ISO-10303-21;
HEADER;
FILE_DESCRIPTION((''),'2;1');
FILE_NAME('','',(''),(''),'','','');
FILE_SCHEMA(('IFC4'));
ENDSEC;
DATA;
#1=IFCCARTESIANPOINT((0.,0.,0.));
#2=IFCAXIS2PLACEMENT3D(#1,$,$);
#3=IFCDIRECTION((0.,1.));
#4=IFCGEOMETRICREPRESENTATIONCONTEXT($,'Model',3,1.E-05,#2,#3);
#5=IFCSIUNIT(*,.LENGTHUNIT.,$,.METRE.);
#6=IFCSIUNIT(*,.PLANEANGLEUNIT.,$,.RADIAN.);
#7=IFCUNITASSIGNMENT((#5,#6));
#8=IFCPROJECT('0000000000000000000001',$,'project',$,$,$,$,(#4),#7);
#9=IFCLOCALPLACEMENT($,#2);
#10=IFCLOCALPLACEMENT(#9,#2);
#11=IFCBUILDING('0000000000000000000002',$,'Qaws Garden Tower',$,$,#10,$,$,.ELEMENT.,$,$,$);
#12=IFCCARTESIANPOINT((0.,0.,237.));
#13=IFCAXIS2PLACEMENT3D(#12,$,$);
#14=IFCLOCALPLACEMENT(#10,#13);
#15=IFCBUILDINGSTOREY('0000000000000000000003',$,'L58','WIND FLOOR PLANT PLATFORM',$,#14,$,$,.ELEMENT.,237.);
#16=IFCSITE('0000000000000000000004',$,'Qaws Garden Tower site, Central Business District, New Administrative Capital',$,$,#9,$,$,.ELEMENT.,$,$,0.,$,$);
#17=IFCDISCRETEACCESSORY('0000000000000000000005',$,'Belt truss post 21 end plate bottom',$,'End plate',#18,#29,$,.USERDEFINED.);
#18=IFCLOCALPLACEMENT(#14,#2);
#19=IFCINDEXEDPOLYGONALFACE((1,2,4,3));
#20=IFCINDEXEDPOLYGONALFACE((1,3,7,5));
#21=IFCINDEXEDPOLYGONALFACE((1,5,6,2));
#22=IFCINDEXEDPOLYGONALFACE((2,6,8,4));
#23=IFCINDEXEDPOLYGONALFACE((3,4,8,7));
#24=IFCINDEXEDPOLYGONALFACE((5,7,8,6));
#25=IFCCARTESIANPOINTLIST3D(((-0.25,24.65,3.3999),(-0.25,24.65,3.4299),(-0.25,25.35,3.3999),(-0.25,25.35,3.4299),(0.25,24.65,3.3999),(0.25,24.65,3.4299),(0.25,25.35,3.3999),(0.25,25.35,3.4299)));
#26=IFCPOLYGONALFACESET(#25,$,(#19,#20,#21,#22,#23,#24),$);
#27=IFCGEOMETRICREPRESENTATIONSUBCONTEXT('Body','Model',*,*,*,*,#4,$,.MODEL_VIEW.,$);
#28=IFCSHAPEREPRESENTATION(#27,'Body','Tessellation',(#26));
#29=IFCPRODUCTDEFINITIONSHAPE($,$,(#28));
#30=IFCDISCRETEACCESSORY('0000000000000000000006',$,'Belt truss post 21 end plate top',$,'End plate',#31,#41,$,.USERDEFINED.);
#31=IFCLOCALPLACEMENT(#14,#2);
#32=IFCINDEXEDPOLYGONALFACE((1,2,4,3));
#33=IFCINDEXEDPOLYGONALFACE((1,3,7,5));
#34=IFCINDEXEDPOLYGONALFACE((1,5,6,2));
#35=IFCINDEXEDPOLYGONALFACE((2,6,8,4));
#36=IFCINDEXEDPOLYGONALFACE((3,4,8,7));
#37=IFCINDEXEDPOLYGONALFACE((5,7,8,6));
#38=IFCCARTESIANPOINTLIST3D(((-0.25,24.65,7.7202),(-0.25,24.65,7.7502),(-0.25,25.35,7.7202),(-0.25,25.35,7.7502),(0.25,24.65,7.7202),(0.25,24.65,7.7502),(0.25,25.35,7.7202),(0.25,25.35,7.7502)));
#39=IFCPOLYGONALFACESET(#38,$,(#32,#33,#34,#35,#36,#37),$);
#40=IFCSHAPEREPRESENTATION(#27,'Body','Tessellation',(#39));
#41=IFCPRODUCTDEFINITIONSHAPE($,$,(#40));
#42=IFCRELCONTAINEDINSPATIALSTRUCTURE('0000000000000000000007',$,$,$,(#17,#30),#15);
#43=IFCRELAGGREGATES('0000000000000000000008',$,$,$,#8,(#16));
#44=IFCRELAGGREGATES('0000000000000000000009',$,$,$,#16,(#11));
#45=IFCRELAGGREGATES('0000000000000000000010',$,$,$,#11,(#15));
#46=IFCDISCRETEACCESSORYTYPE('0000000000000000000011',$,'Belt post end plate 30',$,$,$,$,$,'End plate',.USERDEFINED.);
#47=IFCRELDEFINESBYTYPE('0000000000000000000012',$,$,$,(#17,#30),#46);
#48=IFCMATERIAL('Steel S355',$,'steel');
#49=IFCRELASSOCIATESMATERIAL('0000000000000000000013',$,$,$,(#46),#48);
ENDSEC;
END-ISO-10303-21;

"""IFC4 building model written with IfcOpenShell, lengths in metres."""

from ifc_helpers import new_model, si_unit, direction, frame, origin, origin_2d, place, context, subcontext, project, spatial, rectangle, extrude, material, type_object, element, save


model = new_model("IFC4")

# Units and contexts
model_context = context("Model", 3, precision=1e-05, world=origin(), true_north=direction((0.0, 1.0)))
body_context = subcontext(model_context, "Body", "Model", "MODEL_VIEW")
ifc_project = project(units=[si_unit("LENGTHUNIT", "METRE"), si_unit("PLANEANGLEUNIT", "RADIAN")], contexts=[model_context])

# Site, building, storey
site_placement = place(None, origin())
site = spatial("IfcSite", under=ifc_project, at=site_placement, Name="Qaws Garden Tower site, Central Business District, New Administrative Capital", CompositionType="ELEMENT", RefElevation=0.0)
building_placement = place(site_placement, origin())
building = spatial("IfcBuilding", under=site, at=building_placement, Name="Qaws Garden Tower", CompositionType="ELEMENT")
storey_placement = place(building_placement, frame((0.0, 0.0, 237.0)))
storey = spatial("IfcBuildingStorey", under=building, at=storey_placement, Name="L58", Description="WIND FLOOR PLANT PLATFORM", CompositionType="ELEMENT", Elevation=237.0)

# Shared definitions
placement = place(storey_placement, frame((0.0, 25.0, 3.3999), z_axis=(0.0, 0.0, 1.0), x_axis=(1.0, 0.0, 0.0)))

# Discrete accessories
ifc_material_1 = material(Name="Steel S355", Category="steel")
discrete_accessory_type = type_object("IfcDiscreteAccessoryType", Name="Belt post end plate 30", ElementType="End plate", PredefinedType="USERDEFINED", material=ifc_material_1)
element("IfcDiscreteAccessory", 1, at=placement, inside=storey, type_object=discrete_accessory_type, Name="Belt truss post 21 end plate bottom", ObjectType="End plate", PredefinedType="USERDEFINED", context=body_context, shape_type="SweptSolid", body=[
    extrude(rectangle(XDim=0.5, YDim=0.7, at=origin_2d()), origin(), (0.0, 0.0, 1.0), 0.03),
])
discrete_accessory_1_placement = place(storey_placement, frame((0.0, 25.0, 7.7202), z_axis=(0.0, 0.0, 1.0), x_axis=(1.0, 0.0, 0.0)))
element("IfcDiscreteAccessory", 2, at=discrete_accessory_1_placement, inside=storey, type_object=discrete_accessory_type, Name="Belt truss post 21 end plate top", ObjectType="End plate", PredefinedType="USERDEFINED", context=body_context, shape_type="SweptSolid", body=[
    extrude(rectangle(XDim=0.5, YDim=0.7, at=origin_2d()), origin(), (0.0, 0.0, 1.0), 0.03),
])

save(model, "model.ifc")
